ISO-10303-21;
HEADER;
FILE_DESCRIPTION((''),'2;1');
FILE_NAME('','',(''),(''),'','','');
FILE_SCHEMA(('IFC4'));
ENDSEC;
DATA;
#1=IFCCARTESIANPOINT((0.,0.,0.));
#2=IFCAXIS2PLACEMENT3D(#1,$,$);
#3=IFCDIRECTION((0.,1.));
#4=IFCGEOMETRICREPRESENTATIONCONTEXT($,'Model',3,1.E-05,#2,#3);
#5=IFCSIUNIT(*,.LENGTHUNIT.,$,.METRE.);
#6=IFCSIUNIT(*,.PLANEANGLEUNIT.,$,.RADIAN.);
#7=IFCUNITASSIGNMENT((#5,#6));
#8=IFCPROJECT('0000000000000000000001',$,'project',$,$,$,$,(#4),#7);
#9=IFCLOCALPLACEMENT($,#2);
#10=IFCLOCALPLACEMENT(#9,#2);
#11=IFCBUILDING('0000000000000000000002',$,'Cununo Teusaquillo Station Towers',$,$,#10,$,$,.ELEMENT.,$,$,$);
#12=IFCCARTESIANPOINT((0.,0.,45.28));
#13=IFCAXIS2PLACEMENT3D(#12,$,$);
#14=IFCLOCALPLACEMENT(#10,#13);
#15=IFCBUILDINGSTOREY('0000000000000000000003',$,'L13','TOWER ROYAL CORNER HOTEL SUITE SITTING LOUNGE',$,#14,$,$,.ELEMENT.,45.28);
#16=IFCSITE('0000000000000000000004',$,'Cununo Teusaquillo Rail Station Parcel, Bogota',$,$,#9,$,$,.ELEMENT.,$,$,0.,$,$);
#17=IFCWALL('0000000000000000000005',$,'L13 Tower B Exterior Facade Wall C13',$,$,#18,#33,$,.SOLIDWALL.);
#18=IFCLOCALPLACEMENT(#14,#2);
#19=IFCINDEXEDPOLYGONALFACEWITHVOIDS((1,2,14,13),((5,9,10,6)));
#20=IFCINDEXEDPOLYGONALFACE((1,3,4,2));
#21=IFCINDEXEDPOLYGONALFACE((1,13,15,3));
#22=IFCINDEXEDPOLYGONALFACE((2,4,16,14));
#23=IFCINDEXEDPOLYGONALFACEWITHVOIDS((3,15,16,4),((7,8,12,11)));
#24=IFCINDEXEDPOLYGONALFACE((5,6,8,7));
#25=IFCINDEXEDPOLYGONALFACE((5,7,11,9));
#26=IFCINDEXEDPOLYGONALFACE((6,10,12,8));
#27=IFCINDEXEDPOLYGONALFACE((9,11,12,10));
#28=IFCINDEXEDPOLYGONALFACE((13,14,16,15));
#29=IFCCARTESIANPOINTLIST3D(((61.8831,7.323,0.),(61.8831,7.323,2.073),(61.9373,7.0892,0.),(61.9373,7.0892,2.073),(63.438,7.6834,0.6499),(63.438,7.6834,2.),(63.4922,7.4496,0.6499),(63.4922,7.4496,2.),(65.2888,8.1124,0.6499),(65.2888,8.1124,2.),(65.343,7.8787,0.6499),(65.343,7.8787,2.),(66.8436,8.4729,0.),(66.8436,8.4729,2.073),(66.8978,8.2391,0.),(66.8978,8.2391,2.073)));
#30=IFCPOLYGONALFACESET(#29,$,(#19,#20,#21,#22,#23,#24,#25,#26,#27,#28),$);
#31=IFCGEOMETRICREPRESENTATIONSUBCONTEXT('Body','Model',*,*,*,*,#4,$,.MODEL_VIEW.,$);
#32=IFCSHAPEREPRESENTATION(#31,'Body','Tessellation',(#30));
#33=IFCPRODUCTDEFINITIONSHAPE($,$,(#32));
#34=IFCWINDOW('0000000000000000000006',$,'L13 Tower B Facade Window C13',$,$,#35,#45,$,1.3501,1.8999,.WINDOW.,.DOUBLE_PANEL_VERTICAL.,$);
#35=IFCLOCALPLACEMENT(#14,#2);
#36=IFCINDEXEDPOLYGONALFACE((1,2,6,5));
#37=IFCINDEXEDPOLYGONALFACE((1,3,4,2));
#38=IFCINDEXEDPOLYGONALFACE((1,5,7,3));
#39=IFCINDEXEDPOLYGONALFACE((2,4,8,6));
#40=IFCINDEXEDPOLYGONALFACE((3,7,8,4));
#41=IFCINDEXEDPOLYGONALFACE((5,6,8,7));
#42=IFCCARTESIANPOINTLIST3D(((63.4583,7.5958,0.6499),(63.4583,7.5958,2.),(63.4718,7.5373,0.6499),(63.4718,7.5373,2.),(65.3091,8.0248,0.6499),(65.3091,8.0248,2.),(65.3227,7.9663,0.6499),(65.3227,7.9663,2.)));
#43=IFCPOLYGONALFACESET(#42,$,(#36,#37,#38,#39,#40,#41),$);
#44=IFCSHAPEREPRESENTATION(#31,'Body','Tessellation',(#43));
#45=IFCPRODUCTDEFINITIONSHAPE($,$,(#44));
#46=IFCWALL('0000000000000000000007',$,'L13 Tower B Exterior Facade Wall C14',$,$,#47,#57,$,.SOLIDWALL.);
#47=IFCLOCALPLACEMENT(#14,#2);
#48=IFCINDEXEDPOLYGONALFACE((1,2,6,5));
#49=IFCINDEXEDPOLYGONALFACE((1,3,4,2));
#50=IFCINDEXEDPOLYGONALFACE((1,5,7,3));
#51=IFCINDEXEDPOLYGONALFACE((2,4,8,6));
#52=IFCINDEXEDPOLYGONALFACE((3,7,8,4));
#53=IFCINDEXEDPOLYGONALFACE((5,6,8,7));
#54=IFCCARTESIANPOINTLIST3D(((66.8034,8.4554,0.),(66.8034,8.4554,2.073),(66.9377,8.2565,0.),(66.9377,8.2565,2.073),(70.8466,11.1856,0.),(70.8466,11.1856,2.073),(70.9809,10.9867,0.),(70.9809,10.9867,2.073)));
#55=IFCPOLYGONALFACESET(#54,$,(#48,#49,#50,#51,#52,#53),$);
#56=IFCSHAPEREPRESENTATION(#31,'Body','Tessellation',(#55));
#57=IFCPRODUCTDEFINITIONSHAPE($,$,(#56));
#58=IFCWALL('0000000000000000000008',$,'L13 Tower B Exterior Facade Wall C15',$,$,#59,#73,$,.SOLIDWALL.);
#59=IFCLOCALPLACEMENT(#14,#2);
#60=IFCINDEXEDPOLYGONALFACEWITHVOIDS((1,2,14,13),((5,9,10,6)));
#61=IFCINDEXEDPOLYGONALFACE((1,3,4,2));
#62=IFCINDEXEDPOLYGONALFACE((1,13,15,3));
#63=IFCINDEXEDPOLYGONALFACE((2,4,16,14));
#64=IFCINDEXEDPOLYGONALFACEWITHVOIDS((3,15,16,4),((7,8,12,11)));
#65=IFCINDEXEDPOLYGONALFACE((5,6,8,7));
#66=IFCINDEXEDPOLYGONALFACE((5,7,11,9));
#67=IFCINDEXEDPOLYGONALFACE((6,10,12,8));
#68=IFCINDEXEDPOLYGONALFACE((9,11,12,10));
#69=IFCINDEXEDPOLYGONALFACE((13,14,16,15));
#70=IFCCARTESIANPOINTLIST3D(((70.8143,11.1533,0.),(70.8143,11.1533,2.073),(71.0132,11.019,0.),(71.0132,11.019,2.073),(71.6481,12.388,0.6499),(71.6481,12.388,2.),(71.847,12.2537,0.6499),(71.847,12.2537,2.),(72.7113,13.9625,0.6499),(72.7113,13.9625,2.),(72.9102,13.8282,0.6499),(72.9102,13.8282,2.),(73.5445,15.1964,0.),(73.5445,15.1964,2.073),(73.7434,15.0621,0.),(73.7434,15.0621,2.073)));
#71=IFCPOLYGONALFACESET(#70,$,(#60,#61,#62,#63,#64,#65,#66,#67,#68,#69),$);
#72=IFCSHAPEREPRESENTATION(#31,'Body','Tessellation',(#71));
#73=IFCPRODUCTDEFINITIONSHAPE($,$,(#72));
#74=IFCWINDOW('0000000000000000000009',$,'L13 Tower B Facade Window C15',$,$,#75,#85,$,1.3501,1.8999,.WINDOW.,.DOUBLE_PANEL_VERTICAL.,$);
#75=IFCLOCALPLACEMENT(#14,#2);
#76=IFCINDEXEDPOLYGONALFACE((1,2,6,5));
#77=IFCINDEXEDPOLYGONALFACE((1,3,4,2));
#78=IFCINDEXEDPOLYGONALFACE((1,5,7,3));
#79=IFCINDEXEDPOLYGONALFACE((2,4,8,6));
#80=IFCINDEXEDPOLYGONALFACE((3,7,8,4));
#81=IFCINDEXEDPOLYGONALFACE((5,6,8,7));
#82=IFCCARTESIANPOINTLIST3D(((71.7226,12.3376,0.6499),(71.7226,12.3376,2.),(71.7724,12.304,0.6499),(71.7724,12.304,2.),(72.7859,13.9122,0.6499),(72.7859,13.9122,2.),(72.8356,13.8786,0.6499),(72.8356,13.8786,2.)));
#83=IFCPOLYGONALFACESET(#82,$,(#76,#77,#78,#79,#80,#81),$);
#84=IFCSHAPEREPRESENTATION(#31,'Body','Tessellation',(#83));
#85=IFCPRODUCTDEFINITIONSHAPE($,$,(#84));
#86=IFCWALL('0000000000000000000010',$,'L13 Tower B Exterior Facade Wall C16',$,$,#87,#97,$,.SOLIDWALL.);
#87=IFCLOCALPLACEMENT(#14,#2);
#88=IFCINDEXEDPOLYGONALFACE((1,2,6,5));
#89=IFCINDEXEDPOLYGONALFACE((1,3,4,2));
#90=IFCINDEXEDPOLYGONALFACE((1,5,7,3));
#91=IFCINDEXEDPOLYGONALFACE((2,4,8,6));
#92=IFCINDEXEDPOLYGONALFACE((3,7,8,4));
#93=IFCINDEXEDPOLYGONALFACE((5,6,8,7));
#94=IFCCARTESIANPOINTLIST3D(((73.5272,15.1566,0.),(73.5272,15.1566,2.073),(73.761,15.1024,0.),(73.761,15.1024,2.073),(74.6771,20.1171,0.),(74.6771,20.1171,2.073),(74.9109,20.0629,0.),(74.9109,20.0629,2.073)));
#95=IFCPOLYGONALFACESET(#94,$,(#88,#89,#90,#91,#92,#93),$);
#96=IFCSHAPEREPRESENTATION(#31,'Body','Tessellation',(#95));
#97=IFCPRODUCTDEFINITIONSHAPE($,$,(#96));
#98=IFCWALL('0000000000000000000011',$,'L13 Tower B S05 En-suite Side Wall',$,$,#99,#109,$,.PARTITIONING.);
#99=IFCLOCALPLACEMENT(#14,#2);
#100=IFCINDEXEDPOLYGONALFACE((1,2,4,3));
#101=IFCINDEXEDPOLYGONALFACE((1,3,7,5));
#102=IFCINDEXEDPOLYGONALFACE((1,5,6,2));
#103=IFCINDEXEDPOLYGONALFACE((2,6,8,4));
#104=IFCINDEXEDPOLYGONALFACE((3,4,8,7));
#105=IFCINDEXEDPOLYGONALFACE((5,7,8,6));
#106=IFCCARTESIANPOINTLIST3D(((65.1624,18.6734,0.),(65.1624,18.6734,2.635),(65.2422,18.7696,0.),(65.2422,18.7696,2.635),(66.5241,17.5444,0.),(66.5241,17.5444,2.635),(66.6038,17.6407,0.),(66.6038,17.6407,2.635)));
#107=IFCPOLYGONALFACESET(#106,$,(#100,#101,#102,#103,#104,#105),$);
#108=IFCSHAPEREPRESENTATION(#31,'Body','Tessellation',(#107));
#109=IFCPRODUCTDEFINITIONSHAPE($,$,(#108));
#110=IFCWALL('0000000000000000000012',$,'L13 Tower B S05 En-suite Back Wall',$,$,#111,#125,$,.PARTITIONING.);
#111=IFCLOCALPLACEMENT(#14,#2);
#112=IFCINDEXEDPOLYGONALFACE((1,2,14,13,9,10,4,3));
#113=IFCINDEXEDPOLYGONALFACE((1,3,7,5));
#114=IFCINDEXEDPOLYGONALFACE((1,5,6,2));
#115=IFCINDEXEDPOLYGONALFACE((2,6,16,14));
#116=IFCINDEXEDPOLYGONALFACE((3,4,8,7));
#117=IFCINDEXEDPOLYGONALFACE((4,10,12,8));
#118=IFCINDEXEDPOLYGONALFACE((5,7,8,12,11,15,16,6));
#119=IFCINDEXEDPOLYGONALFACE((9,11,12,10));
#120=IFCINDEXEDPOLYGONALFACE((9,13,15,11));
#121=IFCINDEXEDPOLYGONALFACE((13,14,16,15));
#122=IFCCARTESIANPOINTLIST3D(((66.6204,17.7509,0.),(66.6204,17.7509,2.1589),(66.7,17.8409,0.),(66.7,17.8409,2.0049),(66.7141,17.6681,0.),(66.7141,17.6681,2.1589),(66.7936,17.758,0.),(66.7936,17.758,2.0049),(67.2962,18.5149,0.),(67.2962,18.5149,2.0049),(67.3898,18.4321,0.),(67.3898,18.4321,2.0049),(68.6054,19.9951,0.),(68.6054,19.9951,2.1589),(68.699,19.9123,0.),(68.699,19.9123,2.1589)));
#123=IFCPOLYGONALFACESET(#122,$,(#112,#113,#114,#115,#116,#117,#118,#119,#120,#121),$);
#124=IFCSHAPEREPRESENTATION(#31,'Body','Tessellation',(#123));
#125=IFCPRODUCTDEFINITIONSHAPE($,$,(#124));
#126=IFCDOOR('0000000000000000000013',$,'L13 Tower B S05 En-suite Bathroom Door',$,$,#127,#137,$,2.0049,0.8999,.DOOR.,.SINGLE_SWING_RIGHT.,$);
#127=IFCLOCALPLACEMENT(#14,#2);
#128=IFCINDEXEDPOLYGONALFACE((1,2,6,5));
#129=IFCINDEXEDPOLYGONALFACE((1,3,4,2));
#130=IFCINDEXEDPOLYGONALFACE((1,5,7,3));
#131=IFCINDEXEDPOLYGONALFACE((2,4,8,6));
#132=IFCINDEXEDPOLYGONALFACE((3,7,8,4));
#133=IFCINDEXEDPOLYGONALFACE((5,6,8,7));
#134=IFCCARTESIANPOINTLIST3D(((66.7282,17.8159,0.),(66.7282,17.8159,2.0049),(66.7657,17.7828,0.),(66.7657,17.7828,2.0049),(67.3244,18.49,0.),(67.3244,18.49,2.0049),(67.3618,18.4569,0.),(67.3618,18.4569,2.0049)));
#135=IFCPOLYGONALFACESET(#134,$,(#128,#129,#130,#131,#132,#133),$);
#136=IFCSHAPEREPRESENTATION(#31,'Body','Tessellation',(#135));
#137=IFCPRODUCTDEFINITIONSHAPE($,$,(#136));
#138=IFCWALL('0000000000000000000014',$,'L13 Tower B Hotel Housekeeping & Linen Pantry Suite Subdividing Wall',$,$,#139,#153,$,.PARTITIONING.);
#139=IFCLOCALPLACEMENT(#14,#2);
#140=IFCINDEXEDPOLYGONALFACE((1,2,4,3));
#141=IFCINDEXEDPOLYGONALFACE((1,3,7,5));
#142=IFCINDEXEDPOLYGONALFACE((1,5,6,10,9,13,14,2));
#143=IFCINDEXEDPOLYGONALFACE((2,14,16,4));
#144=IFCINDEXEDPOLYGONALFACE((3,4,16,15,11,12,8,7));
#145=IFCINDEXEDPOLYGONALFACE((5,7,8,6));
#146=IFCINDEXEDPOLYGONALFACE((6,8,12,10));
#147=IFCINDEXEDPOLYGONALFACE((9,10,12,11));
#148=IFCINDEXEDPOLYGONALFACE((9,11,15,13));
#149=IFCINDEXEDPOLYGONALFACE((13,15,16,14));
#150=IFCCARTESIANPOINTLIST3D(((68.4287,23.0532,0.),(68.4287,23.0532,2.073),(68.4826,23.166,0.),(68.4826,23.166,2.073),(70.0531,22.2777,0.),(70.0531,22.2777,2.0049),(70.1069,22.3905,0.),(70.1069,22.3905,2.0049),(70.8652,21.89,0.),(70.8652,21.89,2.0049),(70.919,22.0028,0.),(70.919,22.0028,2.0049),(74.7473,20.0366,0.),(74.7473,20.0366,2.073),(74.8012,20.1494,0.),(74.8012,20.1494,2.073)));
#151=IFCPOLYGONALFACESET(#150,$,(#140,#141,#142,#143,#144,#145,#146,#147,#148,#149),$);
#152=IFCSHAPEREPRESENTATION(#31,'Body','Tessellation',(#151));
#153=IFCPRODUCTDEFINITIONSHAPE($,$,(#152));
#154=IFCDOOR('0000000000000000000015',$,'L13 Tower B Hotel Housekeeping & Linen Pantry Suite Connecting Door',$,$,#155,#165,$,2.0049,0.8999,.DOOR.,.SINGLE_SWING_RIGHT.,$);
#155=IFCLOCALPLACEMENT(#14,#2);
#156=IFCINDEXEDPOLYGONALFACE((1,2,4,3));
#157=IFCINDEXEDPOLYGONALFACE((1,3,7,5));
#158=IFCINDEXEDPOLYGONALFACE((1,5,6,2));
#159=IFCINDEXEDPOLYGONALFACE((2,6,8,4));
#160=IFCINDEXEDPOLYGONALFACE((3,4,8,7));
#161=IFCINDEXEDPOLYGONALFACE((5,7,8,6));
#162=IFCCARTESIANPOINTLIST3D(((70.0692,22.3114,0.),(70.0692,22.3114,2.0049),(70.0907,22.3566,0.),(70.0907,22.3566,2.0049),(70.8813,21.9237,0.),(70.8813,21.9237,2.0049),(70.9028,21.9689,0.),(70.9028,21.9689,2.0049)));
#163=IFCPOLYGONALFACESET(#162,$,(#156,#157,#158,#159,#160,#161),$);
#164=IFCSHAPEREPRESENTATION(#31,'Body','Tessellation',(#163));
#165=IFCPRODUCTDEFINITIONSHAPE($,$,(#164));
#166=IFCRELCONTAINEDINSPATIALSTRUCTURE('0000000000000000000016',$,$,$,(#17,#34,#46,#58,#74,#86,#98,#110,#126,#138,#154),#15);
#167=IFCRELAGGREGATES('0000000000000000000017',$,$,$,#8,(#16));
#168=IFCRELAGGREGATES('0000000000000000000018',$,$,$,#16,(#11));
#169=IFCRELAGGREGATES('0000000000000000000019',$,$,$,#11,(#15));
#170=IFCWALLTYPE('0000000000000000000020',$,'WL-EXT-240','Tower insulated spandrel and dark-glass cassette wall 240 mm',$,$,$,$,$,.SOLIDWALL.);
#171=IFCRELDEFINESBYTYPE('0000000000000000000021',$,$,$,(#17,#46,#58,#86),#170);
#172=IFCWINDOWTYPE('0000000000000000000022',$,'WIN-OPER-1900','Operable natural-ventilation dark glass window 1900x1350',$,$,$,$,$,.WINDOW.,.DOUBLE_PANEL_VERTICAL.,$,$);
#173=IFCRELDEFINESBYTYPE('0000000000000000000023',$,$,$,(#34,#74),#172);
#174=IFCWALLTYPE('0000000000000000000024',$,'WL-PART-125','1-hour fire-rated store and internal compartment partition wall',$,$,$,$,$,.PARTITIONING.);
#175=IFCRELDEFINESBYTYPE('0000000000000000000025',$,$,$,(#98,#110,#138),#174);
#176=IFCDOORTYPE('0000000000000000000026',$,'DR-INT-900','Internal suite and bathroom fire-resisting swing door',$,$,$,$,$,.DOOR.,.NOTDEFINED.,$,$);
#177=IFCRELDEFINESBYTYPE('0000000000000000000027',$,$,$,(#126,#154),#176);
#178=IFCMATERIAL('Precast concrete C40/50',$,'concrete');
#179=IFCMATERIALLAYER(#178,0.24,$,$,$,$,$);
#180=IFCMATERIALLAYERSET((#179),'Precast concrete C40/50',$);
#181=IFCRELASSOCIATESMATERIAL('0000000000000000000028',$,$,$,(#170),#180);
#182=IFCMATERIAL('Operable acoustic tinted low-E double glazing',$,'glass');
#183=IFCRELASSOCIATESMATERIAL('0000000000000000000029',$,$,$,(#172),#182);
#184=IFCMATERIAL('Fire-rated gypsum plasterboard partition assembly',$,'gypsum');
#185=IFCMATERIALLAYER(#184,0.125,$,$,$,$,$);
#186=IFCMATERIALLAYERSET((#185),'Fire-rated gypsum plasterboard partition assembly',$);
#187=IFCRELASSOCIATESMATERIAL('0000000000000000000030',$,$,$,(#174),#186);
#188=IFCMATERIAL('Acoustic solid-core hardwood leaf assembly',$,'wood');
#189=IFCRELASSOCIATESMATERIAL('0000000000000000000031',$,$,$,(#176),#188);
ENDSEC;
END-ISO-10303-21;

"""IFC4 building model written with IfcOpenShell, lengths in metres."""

from ifc_helpers import new_model, si_unit, direction, frame, frame_2d, origin, place, context, subcontext, project, spatial, rectangle, extrude, source, transform, mapped, material, layer, layer_set, type_object, element, fill, save


model = new_model("IFC4")

# Units and contexts
model_context = context("Model", 3, precision=1e-05, world=origin(), true_north=direction((0.0, 1.0)))
body_context = subcontext(model_context, "Body", "Model", "MODEL_VIEW")
ifc_project = project(units=[si_unit("LENGTHUNIT", "METRE"), si_unit("PLANEANGLEUNIT", "RADIAN")], contexts=[model_context])

# Site, building, storey
site_placement = place(None, origin())
site = spatial("IfcSite", under=ifc_project, at=site_placement, Name="Cununo Teusaquillo Rail Station Parcel, Bogota", CompositionType="ELEMENT", RefElevation=0.0)
building_placement = place(site_placement, origin())
building = spatial("IfcBuilding", under=site, at=building_placement, Name="Cununo Teusaquillo Station Towers", CompositionType="ELEMENT")
storey_placement = place(building_placement, frame((0.0, 0.0, 45.28)))
storey = spatial("IfcBuildingStorey", under=building, at=storey_placement, Name="L13", Description="TOWER ROYAL CORNER HOTEL SUITE SITTING LOUNGE", CompositionType="ELEMENT", Elevation=45.28)

# Wall, opening, window
ifc_material_1 = material(Name="Precast concrete C40/50", Category="concrete")
ifc_layer_1 = layer(ifc_material_1, 0.24)
ifc_layer_set_1 = layer_set([ifc_layer_1], Name="Precast concrete C40/50")
wall_type_1 = type_object("IfcWallType", Name="WL-EXT-240", Description="Tower insulated spandrel and dark-glass cassette wall 240 mm", PredefinedType="SOLIDWALL", material=ifc_layer_set_1)
wall_1_placement = place(storey_placement, frame((66.8706, 8.356, 0.0), z_axis=(0.0, 0.0, 1.0), x_axis=(-0.974168, -0.225826, 0.0)))
wall_1 = element("IfcWall", 1, at=wall_1_placement, inside=storey, type_object=wall_type_1, Name="L13 Tower B Exterior Facade Wall C13", PredefinedType="SOLIDWALL", context=body_context, shape_type="SweptSolid", body=[
    extrude(rectangle(XDim=5.092, YDim=0.24, at=frame_2d((2.5459, 0.0))), origin(), (0.0, 0.0, 1.0), 2.073),
])
shared_shape_1 = source(origin(), body_context, "Body", "SweptSolid", [
    extrude(rectangle(XDim=1.8999, YDim=1.3501, at=frame_2d((0.95, 0.675))), frame((0.0, 0.1299, 0.0), z_axis=(0.0, -1.0, 0.0), x_axis=(1.0, 0.0, 0.0)), (0.0, 0.0, 1.0), 0.26),
])
opening_1_placement = place(wall_1_placement, frame((1.5959, 0.0, 0.6499)))
opening_1 = element("IfcOpeningElement", 2, at=opening_1_placement, cuts=wall_1, PredefinedType="OPENING", context=body_context, shape_type="MappedRepresentation", body=[
    mapped(shared_shape_1, transform((0.0, 0.0, 0.0), x_axis=(1.0, 0.0, 0.0), y_axis=(0.0, 1.0, 0.0), z_axis=(0.0, 0.0, 1.0), scale=1.0)),
])
ifc_material_2 = material(Name="Operable acoustic tinted low-E double glazing", Category="glass")
window_type = type_object("IfcWindowType", Name="WIN-OPER-1900", Description="Operable natural-ventilation dark glass window 1900x1350", PartitioningType="DOUBLE_PANEL_VERTICAL", PredefinedType="WINDOW", material=ifc_material_2)
shared_shape_2 = source(origin(), body_context, "Body", "SweptSolid", [
    extrude(rectangle(XDim=1.8999, YDim=1.3501, at=frame_2d((0.95, 0.675))), frame((0.0, 0.03, 0.0), z_axis=(0.0, -1.0, 0.0), x_axis=(1.0, 0.0, 0.0)), (0.0, 0.0, 1.0), 0.0601),
])
window_1_placement = place(opening_1_placement, origin())
window_1 = element("IfcWindow", 3, at=window_1_placement, inside=storey, type_object=window_type, Name="L13 Tower B Facade Window C13", OverallHeight=1.3501, OverallWidth=1.8999, PartitioningType="DOUBLE_PANEL_VERTICAL", PredefinedType="WINDOW", context=body_context, shape_type="MappedRepresentation", body=[
    mapped(shared_shape_2, transform((0.0, 0.0, 0.0), x_axis=(1.0, 0.0, 0.0), y_axis=(0.0, 1.0, 0.0), z_axis=(0.0, 0.0, 1.0), scale=1.0)),
])
fill(opening_1, window_1)

# Wall
wall_2_placement = place(storey_placement, frame((70.9138, 11.0862, 0.0), z_axis=(0.0, 0.0, 1.0), x_axis=(-0.828748, -0.559622, 0.0)))
element("IfcWall", 4, at=wall_2_placement, inside=storey, type_object=wall_type_1, Name="L13 Tower B Exterior Facade Wall C14", PredefinedType="SOLIDWALL", context=body_context, shape_type="SweptSolid", body=[
    extrude(rectangle(XDim=4.8787, YDim=0.24, at=frame_2d((2.4395, 0.0))), origin(), (0.0, 0.0, 1.0), 2.073),
])

# Wall, opening, window
wall_3_placement = place(storey_placement, frame((73.644, 15.1294, 0.0), z_axis=(0.0, 0.0, 1.0), x_axis=(-0.559622, -0.828748, 0.0)))
wall_3 = element("IfcWall", 5, at=wall_3_placement, inside=storey, type_object=wall_type_1, Name="L13 Tower B Exterior Facade Wall C15", PredefinedType="SOLIDWALL", context=body_context, shape_type="SweptSolid", body=[
    extrude(rectangle(XDim=4.8787, YDim=0.24, at=frame_2d((2.4395, 0.0))), origin(), (0.0, 0.0, 1.0), 2.073),
])
opening_2_placement = place(wall_3_placement, frame((1.489, 0.0, 0.6499)))
opening_2 = element("IfcOpeningElement", 6, at=opening_2_placement, cuts=wall_3, PredefinedType="OPENING", context=body_context, shape_type="MappedRepresentation", body=[
    mapped(shared_shape_1, transform((0.0, 0.0, 0.0), x_axis=(1.0, 0.0, 0.0), y_axis=(0.0, 1.0, 0.0), z_axis=(0.0, 0.0, 1.0), scale=1.0)),
])
window_2_placement = place(opening_2_placement, origin())
window_2 = element("IfcWindow", 7, at=window_2_placement, inside=storey, type_object=window_type, Name="L13 Tower B Facade Window C15", OverallHeight=1.3501, OverallWidth=1.8999, PartitioningType="DOUBLE_PANEL_VERTICAL", PredefinedType="WINDOW", context=body_context, shape_type="MappedRepresentation", body=[
    mapped(shared_shape_2, transform((0.0, 0.0, 0.0), x_axis=(1.0, 0.0, 0.0), y_axis=(0.0, 1.0, 0.0), z_axis=(0.0, 0.0, 1.0), scale=1.0)),
])
fill(opening_2, window_2)

# Walls
wall_4_placement = place(storey_placement, frame((74.7939, 20.0898, 0.0), z_axis=(0.0, 0.0, 1.0), x_axis=(-0.225826, -0.974168, 0.0)))
element("IfcWall", 8, at=wall_4_placement, inside=storey, type_object=wall_type_1, Name="L13 Tower B Exterior Facade Wall C16", PredefinedType="SOLIDWALL", context=body_context, shape_type="SweptSolid", body=[
    extrude(rectangle(XDim=5.092, YDim=0.24, at=frame_2d((2.5459, 0.0))), origin(), (0.0, 0.0, 1.0), 2.073),
])
ifc_material_3 = material(Name="Fire-rated gypsum plasterboard partition assembly", Category="gypsum")
ifc_layer_2 = layer(ifc_material_3, 0.125)
ifc_layer_set_2 = layer_set([ifc_layer_2], Name="Fire-rated gypsum plasterboard partition assembly")
wall_type_2 = type_object("IfcWallType", Name="WL-PART-125", Description="1-hour fire-rated store and internal compartment partition wall", PredefinedType="PARTITIONING", material=ifc_layer_set_2)
wall_5_placement = place(storey_placement, frame((65.2024, 18.7214, 0.0), z_axis=(0.0, 0.0, 1.0), x_axis=(0.769814, -0.638268, 0.0)))
element("IfcWall", 9, at=wall_5_placement, inside=storey, type_object=wall_type_2, Name="L13 Tower B S05 En-suite Side Wall", PredefinedType="PARTITIONING", context=body_context, shape_type="SweptSolid", body=[
    extrude(rectangle(XDim=1.7688, YDim=0.125, at=frame_2d((0.8843, 0.0))), origin(), (0.0, 0.0, 1.0), 2.635),
])

# Walls, openings, doors
wall_6_placement = place(storey_placement, frame((66.6672, 17.7095, 0.0), z_axis=(0.0, 0.0, 1.0), x_axis=(0.662511, 0.749053, 0.0)))
wall_6 = element("IfcWall", 10, at=wall_6_placement, inside=storey, type_object=wall_type_2, Name="L13 Tower B S05 En-suite Back Wall", PredefinedType="PARTITIONING", context=body_context, shape_type="SweptSolid", body=[
    extrude(rectangle(XDim=2.9961, YDim=0.125, at=frame_2d((1.498, 0.0))), origin(), (0.0, 0.0, 1.0), 2.1589),
])
shared_shape_3 = source(origin(), body_context, "Body", "SweptSolid", [
    extrude(rectangle(XDim=0.8999, YDim=2.0049, at=frame_2d((0.45, 1.0024))), frame((0.0, 0.0725, 0.0), z_axis=(0.0, -1.0, 0.0), x_axis=(1.0, 0.0, 0.0)), (0.0, 0.0, 1.0), 0.145),
])
opening_3_placement = place(wall_6_placement, frame((0.1201, 0.0, 0.0)))
opening_3 = element("IfcOpeningElement", 11, at=opening_3_placement, cuts=wall_6, PredefinedType="OPENING", context=body_context, shape_type="MappedRepresentation", body=[
    mapped(shared_shape_3, transform((0.0, 0.0, 0.0), x_axis=(1.0, 0.0, 0.0), y_axis=(0.0, 1.0, 0.0), z_axis=(0.0, 0.0, 1.0), scale=1.0)),
])
ifc_material_4 = material(Name="Acoustic solid-core hardwood leaf assembly", Category="wood")
door_type_1 = type_object("IfcDoorType", Name="DR-INT-900", Description="Internal suite and bathroom fire-resisting swing door", OperationType="NOTDEFINED", PredefinedType="DOOR", material=ifc_material_4)
shared_shape_4 = source(origin(), body_context, "Body", "SweptSolid", [
    extrude(rectangle(XDim=0.8999, YDim=2.0049, at=frame_2d((0.45, 1.0024))), frame((0.0, 0.0249, 0.0), z_axis=(0.0, -1.0, 0.0), x_axis=(1.0, 0.0, 0.0)), (0.0, 0.0, 1.0), 0.05),
])
door_1_placement = place(opening_3_placement, origin())
door_1 = element("IfcDoor", 12, at=door_1_placement, inside=storey, type_object=door_type_1, Name="L13 Tower B S05 En-suite Bathroom Door", OperationType="SINGLE_SWING_RIGHT", OverallHeight=2.0049, OverallWidth=0.8999, PredefinedType="DOOR", context=body_context, shape_type="MappedRepresentation", body=[
    mapped(shared_shape_4, transform((0.0, 0.0, 0.0), x_axis=(1.0, 0.0, 0.0), y_axis=(0.0, 1.0, 0.0), z_axis=(0.0, 0.0, 1.0), scale=1.0)),
])
fill(opening_3, door_1)
wall_7_placement = place(storey_placement, frame((68.4556, 23.1096, 0.0), z_axis=(0.0, 0.0, 1.0), x_axis=(0.902431, -0.430835, 0.0)))
wall_7 = element("IfcWall", 13, at=wall_7_placement, inside=storey, type_object=wall_type_2, Name="L13 Tower B Hotel Housekeeping & Linen Pantry Suite Subdividing Wall", PredefinedType="PARTITIONING", context=body_context, shape_type="SweptSolid", body=[
    extrude(rectangle(XDim=7.0017, YDim=0.125, at=frame_2d((3.501, 0.0))), origin(), (0.0, 0.0, 1.0), 2.073),
])
opening_4_placement = place(wall_7_placement, frame((1.8, 0.0, 0.0)))
opening_4 = element("IfcOpeningElement", 14, at=opening_4_placement, cuts=wall_7, PredefinedType="OPENING", context=body_context, shape_type="MappedRepresentation", body=[
    mapped(shared_shape_3, transform((0.0, 0.0, 0.0), x_axis=(1.0, 0.0, 0.0), y_axis=(0.0, 1.0, 0.0), z_axis=(0.0, 0.0, 1.0), scale=1.0)),
])
door_2_placement = place(opening_4_placement, origin())
door_2 = element("IfcDoor", 15, at=door_2_placement, inside=storey, type_object=door_type_1, Name="L13 Tower B Hotel Housekeeping & Linen Pantry Suite Connecting Door", OperationType="SINGLE_SWING_RIGHT", OverallHeight=2.0049, OverallWidth=0.8999, PredefinedType="DOOR", context=body_context, shape_type="MappedRepresentation", body=[
    mapped(shared_shape_4, transform((0.0, 0.0, 0.0), x_axis=(1.0, 0.0, 0.0), y_axis=(0.0, 1.0, 0.0), z_axis=(0.0, 0.0, 1.0), scale=1.0)),
])
fill(opening_4, door_2)

save(model, "model.ifc")
